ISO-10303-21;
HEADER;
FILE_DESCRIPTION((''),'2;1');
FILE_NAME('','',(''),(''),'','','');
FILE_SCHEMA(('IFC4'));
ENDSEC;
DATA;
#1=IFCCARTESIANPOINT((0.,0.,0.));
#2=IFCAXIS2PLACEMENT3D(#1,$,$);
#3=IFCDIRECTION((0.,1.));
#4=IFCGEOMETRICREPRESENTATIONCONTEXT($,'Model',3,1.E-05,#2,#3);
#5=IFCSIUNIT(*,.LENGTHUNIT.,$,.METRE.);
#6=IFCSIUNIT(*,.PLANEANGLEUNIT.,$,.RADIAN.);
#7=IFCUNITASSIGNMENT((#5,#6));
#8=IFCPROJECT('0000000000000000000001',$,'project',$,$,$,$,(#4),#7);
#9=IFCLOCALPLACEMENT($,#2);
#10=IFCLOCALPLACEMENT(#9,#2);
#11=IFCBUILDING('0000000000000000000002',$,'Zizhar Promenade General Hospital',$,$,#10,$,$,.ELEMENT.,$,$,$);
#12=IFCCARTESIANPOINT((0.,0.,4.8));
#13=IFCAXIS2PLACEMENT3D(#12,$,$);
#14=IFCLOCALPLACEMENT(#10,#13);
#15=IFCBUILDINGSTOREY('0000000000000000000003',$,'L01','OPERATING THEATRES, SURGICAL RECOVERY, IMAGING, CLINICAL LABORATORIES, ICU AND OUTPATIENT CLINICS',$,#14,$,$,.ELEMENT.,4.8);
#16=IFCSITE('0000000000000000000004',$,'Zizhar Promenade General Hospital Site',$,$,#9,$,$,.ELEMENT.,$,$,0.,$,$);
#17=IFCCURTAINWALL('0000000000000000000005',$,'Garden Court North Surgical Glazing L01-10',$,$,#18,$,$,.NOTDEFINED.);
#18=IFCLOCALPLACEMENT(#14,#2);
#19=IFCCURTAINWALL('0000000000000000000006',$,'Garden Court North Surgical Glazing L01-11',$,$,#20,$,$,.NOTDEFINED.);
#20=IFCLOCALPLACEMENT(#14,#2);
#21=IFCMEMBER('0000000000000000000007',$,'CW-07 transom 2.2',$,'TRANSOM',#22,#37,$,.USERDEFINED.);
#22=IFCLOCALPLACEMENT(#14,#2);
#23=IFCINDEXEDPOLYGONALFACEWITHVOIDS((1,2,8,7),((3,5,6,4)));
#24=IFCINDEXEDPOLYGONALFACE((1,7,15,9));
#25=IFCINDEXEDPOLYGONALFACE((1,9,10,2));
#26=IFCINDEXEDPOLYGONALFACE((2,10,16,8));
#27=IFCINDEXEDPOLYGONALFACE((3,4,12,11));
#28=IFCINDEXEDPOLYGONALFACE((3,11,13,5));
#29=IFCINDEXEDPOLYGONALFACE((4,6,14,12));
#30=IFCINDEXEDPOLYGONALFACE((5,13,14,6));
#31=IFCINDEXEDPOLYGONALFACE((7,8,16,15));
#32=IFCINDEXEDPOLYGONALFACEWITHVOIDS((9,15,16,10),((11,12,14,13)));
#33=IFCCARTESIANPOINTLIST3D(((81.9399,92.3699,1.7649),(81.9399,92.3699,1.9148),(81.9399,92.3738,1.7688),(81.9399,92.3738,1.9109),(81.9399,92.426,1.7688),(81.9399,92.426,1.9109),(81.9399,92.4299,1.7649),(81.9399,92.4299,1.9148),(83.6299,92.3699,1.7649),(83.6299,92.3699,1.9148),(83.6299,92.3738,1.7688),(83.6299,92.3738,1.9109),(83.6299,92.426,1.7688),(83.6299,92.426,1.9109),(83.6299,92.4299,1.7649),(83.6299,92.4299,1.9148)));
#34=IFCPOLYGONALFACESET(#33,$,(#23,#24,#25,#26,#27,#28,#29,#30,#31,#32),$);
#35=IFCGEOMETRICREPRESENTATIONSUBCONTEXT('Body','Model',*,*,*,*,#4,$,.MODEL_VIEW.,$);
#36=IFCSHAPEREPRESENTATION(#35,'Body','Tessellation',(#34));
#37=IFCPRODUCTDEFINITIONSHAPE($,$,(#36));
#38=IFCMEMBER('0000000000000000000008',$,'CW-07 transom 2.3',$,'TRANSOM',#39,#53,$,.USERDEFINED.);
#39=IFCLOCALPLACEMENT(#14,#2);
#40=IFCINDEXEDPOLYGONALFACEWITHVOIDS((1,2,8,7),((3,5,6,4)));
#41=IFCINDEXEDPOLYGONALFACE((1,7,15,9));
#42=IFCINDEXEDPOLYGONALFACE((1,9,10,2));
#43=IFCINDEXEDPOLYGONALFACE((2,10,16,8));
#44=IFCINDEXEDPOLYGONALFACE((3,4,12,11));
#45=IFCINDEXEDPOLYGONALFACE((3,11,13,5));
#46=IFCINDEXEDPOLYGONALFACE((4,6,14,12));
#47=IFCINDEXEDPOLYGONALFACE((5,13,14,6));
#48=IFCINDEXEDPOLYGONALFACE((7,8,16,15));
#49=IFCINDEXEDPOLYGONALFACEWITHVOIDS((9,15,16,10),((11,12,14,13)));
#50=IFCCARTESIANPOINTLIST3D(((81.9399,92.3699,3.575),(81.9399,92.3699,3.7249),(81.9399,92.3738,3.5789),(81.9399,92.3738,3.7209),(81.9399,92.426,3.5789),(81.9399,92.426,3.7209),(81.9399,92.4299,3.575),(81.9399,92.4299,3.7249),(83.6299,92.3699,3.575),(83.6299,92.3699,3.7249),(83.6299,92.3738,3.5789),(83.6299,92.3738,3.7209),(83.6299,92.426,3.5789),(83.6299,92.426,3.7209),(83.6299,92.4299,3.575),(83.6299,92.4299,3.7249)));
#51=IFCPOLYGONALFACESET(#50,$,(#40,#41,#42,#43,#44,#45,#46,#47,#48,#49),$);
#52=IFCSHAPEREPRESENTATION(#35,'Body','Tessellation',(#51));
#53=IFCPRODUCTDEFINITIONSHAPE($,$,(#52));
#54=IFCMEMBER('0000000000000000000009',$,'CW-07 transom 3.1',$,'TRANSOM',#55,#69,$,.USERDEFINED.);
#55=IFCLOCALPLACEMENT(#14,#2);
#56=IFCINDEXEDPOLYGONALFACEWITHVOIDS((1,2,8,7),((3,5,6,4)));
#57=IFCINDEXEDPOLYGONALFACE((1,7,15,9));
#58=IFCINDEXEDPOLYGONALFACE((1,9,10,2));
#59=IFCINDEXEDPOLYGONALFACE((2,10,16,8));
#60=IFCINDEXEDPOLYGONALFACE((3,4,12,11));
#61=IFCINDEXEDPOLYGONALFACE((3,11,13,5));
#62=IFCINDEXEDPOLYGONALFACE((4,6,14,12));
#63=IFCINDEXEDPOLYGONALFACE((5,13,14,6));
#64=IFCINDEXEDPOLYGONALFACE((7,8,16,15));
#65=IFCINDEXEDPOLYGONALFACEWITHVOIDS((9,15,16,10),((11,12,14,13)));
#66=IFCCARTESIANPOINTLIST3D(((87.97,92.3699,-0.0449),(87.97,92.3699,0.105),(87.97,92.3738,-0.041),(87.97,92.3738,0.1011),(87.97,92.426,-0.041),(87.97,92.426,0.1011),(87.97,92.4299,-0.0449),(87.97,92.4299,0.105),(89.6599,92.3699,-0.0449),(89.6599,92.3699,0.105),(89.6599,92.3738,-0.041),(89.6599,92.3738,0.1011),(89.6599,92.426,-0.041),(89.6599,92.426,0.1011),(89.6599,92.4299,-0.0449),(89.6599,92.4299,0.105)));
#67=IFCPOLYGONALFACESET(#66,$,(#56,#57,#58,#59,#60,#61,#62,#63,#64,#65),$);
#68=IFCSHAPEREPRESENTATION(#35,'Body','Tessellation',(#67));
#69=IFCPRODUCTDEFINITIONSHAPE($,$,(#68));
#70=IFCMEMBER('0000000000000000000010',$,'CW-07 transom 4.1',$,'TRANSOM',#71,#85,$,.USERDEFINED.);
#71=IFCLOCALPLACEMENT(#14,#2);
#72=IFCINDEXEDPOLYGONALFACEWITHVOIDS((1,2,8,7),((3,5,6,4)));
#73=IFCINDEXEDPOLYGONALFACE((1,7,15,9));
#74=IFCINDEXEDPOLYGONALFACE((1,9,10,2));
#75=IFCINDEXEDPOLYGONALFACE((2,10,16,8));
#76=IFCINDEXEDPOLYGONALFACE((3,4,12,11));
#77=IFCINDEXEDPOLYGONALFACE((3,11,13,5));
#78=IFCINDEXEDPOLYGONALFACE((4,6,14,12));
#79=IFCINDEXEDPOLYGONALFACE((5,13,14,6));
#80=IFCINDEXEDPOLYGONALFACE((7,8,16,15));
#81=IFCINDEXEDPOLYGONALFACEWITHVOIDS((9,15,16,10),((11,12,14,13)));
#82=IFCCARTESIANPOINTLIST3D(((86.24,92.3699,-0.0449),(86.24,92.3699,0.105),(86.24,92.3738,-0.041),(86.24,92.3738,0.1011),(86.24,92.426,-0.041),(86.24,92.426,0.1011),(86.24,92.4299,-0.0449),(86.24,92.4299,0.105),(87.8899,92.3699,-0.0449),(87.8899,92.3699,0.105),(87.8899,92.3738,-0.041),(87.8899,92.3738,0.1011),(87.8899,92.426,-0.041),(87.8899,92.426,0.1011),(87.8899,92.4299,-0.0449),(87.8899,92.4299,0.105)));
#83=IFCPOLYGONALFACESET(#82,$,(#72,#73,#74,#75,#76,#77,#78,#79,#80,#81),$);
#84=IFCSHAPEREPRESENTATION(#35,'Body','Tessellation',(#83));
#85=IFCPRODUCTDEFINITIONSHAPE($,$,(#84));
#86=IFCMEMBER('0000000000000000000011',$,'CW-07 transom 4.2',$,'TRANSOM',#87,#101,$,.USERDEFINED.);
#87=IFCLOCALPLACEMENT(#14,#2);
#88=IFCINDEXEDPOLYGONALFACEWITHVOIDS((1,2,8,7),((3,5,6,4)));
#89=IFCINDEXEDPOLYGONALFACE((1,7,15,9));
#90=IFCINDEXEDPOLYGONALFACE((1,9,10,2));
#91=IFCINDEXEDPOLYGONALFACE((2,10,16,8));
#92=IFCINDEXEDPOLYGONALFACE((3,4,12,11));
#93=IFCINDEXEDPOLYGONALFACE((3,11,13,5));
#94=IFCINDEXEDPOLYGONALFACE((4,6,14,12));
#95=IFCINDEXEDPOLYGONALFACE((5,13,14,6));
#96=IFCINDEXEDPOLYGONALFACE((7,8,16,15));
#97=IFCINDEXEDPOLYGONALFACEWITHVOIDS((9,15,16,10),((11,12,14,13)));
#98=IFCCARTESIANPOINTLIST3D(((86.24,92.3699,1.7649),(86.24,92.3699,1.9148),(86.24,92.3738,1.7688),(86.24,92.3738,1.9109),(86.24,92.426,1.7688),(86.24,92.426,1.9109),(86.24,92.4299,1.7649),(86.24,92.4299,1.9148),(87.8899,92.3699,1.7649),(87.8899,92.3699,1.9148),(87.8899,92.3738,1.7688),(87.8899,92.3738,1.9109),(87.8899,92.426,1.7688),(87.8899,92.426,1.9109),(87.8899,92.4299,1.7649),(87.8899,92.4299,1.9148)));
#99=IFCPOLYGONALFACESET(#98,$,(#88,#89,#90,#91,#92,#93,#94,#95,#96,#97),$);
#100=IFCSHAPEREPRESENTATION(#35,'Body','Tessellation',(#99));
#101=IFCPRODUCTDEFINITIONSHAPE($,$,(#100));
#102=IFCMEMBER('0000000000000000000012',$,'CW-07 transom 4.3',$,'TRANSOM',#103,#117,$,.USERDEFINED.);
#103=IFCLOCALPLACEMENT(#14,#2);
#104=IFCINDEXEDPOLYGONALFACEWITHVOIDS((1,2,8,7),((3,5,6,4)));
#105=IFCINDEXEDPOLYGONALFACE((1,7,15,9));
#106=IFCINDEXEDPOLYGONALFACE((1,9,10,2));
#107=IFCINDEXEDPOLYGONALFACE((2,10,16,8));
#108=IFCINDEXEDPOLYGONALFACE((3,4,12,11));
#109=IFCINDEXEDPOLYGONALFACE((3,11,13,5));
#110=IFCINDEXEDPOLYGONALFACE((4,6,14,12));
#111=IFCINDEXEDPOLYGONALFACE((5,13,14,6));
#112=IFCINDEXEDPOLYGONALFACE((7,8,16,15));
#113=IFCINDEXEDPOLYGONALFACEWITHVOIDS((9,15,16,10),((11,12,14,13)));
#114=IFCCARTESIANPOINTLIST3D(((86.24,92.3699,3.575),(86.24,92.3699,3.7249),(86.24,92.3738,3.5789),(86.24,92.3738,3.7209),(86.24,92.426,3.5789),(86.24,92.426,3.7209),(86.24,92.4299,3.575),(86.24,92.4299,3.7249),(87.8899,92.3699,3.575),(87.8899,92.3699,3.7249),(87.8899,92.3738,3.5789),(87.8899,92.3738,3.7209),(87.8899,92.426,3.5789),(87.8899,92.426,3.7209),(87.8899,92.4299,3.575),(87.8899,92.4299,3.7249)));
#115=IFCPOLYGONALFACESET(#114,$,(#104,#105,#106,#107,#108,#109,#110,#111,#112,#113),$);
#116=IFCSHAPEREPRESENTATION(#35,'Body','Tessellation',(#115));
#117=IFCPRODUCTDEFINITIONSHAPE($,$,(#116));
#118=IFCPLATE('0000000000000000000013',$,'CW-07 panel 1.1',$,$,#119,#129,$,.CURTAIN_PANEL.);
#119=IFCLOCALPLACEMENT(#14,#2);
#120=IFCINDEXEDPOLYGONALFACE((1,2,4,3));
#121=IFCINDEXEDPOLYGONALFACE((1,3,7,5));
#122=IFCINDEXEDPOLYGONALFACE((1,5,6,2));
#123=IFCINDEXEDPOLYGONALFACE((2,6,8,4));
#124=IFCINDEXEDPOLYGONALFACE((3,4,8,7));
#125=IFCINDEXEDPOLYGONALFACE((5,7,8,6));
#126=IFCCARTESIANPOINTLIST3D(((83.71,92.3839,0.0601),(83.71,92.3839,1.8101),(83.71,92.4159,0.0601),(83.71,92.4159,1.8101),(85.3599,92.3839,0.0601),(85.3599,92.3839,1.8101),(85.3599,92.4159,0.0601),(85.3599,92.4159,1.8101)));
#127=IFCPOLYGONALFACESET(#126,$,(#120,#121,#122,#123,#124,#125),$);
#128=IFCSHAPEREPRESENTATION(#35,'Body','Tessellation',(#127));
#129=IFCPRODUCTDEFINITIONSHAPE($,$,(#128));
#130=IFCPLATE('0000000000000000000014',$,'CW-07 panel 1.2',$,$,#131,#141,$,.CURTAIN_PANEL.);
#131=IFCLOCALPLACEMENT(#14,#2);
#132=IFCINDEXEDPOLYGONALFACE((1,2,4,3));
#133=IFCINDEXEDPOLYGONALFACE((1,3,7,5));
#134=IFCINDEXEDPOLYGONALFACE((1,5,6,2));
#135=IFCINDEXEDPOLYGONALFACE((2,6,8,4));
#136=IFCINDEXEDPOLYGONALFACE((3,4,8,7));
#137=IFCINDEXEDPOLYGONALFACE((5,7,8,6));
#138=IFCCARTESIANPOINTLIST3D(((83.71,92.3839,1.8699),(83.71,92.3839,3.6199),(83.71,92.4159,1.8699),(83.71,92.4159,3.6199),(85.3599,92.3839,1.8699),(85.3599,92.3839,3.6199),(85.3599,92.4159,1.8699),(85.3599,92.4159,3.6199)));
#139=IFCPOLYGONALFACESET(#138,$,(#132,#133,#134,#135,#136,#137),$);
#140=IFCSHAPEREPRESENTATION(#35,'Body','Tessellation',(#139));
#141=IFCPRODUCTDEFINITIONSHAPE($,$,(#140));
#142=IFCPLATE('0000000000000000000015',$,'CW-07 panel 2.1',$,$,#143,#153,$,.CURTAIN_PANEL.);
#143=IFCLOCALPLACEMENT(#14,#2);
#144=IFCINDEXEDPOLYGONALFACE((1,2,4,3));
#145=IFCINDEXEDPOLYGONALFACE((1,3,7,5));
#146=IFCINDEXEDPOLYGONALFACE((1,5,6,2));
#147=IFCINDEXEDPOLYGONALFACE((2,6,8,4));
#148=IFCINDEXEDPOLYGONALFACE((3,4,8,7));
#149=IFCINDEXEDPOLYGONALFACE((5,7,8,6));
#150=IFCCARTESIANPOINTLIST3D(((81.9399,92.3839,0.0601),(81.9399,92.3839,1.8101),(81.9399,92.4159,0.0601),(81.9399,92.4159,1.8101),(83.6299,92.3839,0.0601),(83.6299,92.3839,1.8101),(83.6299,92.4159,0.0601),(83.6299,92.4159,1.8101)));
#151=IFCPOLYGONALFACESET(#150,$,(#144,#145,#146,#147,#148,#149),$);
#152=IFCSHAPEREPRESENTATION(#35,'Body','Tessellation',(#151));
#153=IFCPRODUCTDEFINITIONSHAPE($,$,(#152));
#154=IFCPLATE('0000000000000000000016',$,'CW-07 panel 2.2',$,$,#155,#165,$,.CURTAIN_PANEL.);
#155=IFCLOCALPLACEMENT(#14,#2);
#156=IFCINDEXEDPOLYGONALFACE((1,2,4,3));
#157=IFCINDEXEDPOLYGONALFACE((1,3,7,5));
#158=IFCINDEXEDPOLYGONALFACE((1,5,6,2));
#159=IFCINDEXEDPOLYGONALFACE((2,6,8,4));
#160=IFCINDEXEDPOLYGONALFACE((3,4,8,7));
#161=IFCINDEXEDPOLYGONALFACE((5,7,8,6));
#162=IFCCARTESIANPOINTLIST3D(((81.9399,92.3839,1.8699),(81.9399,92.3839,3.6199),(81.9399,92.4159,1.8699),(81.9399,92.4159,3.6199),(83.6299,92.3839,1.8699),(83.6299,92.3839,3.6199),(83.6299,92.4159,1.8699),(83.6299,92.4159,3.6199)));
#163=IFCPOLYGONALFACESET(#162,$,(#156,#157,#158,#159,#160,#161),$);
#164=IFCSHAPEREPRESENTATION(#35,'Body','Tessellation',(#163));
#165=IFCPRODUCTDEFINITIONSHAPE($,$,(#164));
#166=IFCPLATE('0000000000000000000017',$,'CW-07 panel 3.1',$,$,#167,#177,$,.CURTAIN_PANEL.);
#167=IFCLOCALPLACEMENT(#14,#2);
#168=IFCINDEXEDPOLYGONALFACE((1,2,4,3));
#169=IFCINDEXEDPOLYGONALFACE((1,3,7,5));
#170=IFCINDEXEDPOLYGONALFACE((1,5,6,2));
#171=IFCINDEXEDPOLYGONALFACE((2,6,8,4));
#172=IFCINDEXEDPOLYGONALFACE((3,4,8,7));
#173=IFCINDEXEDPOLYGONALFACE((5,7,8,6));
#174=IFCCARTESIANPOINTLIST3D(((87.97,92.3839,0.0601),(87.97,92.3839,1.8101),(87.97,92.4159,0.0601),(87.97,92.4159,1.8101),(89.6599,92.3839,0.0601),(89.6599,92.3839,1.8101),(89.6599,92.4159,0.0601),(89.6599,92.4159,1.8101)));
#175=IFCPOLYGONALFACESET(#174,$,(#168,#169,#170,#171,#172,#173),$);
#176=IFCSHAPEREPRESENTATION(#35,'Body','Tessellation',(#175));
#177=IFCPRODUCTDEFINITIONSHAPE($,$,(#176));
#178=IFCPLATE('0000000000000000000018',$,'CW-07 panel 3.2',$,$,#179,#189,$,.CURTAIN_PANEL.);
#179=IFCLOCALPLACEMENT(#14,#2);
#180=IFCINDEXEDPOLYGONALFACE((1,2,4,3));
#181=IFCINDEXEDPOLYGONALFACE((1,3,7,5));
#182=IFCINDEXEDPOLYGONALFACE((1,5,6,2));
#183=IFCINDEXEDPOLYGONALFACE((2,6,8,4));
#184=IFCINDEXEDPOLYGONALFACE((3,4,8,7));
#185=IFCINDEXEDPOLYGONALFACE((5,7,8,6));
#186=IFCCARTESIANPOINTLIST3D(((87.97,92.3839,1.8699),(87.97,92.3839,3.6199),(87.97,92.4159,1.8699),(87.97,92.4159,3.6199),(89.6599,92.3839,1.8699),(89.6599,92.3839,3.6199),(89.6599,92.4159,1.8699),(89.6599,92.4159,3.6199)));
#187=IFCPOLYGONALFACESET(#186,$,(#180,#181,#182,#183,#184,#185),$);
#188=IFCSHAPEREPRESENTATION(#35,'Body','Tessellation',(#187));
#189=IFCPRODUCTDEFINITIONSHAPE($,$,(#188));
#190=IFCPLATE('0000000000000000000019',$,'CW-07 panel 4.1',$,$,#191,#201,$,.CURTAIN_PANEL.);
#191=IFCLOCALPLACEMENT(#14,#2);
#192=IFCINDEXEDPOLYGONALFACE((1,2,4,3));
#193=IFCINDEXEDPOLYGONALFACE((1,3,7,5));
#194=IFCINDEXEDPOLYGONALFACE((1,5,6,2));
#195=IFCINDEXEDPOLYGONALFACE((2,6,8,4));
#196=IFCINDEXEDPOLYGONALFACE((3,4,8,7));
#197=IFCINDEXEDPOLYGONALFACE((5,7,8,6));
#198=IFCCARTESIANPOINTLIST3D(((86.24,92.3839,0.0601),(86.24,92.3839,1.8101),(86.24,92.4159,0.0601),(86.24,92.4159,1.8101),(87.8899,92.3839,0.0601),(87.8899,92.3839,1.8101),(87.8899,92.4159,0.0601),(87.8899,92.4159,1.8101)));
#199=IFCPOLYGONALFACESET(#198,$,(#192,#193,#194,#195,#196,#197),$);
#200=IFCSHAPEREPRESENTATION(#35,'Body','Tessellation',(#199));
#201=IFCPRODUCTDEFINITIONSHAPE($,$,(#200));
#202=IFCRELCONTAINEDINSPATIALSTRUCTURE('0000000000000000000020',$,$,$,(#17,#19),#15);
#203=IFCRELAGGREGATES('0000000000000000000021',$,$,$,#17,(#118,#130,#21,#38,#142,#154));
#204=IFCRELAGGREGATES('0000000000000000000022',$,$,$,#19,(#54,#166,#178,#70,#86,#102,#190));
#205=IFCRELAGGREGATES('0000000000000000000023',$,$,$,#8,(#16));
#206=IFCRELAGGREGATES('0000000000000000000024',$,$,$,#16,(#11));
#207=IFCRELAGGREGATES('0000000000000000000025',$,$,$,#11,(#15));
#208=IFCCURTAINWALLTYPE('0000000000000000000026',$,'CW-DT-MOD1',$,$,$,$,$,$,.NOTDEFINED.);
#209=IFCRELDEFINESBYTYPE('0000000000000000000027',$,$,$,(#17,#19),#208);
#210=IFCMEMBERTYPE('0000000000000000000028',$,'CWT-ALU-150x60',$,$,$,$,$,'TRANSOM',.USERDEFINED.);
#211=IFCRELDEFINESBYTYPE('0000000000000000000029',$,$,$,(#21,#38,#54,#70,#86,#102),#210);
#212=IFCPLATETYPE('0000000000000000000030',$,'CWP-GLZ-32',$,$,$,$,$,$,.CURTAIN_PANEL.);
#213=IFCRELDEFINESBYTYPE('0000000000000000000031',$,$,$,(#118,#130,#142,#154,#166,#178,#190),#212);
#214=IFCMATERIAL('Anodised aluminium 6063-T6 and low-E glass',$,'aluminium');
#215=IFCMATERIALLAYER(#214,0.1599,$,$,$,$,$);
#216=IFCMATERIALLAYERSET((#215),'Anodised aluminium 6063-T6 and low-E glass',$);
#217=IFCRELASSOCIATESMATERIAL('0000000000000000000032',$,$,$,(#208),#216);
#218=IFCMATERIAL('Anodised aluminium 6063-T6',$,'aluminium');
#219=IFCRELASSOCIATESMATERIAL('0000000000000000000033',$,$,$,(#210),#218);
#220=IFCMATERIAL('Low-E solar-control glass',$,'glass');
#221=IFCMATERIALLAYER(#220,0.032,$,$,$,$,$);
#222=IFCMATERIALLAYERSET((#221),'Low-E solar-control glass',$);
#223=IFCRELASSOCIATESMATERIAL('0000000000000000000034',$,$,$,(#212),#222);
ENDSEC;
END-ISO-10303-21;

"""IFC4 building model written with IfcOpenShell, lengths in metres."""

from ifc_helpers import new_model, si_unit, direction, frame, origin, origin_2d, place, context, subcontext, project, spatial, rectangle, hollow_rectangle, extrude, material, layer, layer_set, material_profile, profile_set, type_object, element, aggregate, save


model = new_model("IFC4")

# Units and contexts
model_context = context("Model", 3, precision=1e-05, world=origin(), true_north=direction((0.0, 1.0)))
body_context = subcontext(model_context, "Body", "Model", "MODEL_VIEW")
ifc_project = project(units=[si_unit("LENGTHUNIT", "METRE"), si_unit("PLANEANGLEUNIT", "RADIAN")], contexts=[model_context])

# Site, building, storey
site_placement = place(None, origin())
site = spatial("IfcSite", under=ifc_project, at=site_placement, Name="Zizhar Promenade General Hospital Site", CompositionType="ELEMENT", RefElevation=0.0)
building_placement = place(site_placement, origin())
building = spatial("IfcBuilding", under=site, at=building_placement, Name="Zizhar Promenade General Hospital", CompositionType="ELEMENT")
storey_placement = place(building_placement, frame((0.0, 0.0, 4.8)))
storey = spatial("IfcBuildingStorey", under=building, at=storey_placement, Name="L01", Description="OPERATING THEATRES, SURGICAL RECOVERY, IMAGING, CLINICAL LABORATORIES, ICU AND OUTPATIENT CLINICS", CompositionType="ELEMENT", Elevation=4.8)

# Curtain walls
ifc_material_1 = material(Name="Anodised aluminium 6063-T6 and low-E glass", Category="aluminium")
ifc_layer_1 = layer(ifc_material_1, 0.1599)
ifc_layer_set_1 = layer_set([ifc_layer_1], Name="Anodised aluminium 6063-T6 and low-E glass")
curtain_wall_type = type_object("IfcCurtainWallType", Name="CW-DT-MOD1", PredefinedType="NOTDEFINED", material=ifc_layer_set_1)
curtain_wall_1_placement = place(storey_placement, origin())
curtain_wall_1 = element("IfcCurtainWall", 1, at=curtain_wall_1_placement, inside=storey, type_object=curtain_wall_type, Name="Garden Court North Surgical Glazing L01-10", PredefinedType="NOTDEFINED")
curtain_wall_2_placement = place(storey_placement, origin())
curtain_wall_2 = element("IfcCurtainWall", 2, at=curtain_wall_2_placement, inside=storey, type_object=curtain_wall_type, Name="Garden Court North Surgical Glazing L01-11", PredefinedType="NOTDEFINED")

# Members
ifc_material_2 = material(Name="Anodised aluminium 6063-T6", Category="aluminium")
ifc_material_profile_1 = material_profile(ifc_material_2, hollow_rectangle(XDim=0.0601, YDim=0.1499, WallThickness=0.0039, at=origin_2d()))
ifc_profile_set_1 = profile_set([ifc_material_profile_1], Name="Anodised aluminium 6063-T6")
member_type_1 = type_object("IfcMemberType", Name="CWT-ALU-150x60", ElementType="TRANSOM", PredefinedType="USERDEFINED", material=ifc_profile_set_1)
member_1_placement = place(storey_placement, frame((83.6299, 92.3999, 1.8398), z_axis=(-1.0, 0.0, 0.0), x_axis=(0.0, -1.0, 0.0)))
member_1 = element("IfcMember", 3, at=member_1_placement, type_object=member_type_1, Name="CW-07 transom 2.2", ObjectType="TRANSOM", PredefinedType="USERDEFINED", context=body_context, shape_type="SweptSolid", body=[
    extrude(hollow_rectangle(XDim=0.0601, YDim=0.1499, WallThickness=0.0039, at=origin_2d()), origin(), (0.0, 0.0, 1.0), 1.6899),
])
member_2_placement = place(storey_placement, frame((83.6299, 92.3999, 3.6499), z_axis=(-1.0, 0.0, 0.0), x_axis=(0.0, -1.0, 0.0)))
member_2 = element("IfcMember", 4, at=member_2_placement, type_object=member_type_1, Name="CW-07 transom 2.3", ObjectType="TRANSOM", PredefinedType="USERDEFINED", context=body_context, shape_type="SweptSolid", body=[
    extrude(hollow_rectangle(XDim=0.0601, YDim=0.1499, WallThickness=0.0039, at=origin_2d()), origin(), (0.0, 0.0, 1.0), 1.6899),
])
member_3_placement = place(storey_placement, frame((89.6599, 92.3999, 0.03), z_axis=(-1.0, 0.0, 0.0), x_axis=(0.0, -1.0, 0.0)))
member_3 = element("IfcMember", 5, at=member_3_placement, type_object=member_type_1, Name="CW-07 transom 3.1", ObjectType="TRANSOM", PredefinedType="USERDEFINED", context=body_context, shape_type="SweptSolid", body=[
    extrude(hollow_rectangle(XDim=0.0601, YDim=0.1499, WallThickness=0.0039, at=origin_2d()), origin(), (0.0, 0.0, 1.0), 1.6899),
])
member_4_placement = place(storey_placement, frame((87.8899, 92.3999, 0.03), z_axis=(-1.0, 0.0, 0.0), x_axis=(0.0, -1.0, 0.0)))
member_4 = element("IfcMember", 6, at=member_4_placement, type_object=member_type_1, Name="CW-07 transom 4.1", ObjectType="TRANSOM", PredefinedType="USERDEFINED", context=body_context, shape_type="SweptSolid", body=[
    extrude(hollow_rectangle(XDim=0.0601, YDim=0.1499, WallThickness=0.0039, at=origin_2d()), origin(), (0.0, 0.0, 1.0), 1.6499),
])
member_5_placement = place(storey_placement, frame((87.8899, 92.3999, 1.8398), z_axis=(-1.0, 0.0, 0.0), x_axis=(0.0, -1.0, 0.0)))
member_5 = element("IfcMember", 7, at=member_5_placement, type_object=member_type_1, Name="CW-07 transom 4.2", ObjectType="TRANSOM", PredefinedType="USERDEFINED", context=body_context, shape_type="SweptSolid", body=[
    extrude(hollow_rectangle(XDim=0.0601, YDim=0.1499, WallThickness=0.0039, at=origin_2d()), origin(), (0.0, 0.0, 1.0), 1.6499),
])
member_6_placement = place(storey_placement, frame((87.8899, 92.3999, 3.6499), z_axis=(-1.0, 0.0, 0.0), x_axis=(0.0, -1.0, 0.0)))
member_6 = element("IfcMember", 8, at=member_6_placement, type_object=member_type_1, Name="CW-07 transom 4.3", ObjectType="TRANSOM", PredefinedType="USERDEFINED", context=body_context, shape_type="SweptSolid", body=[
    extrude(hollow_rectangle(XDim=0.0601, YDim=0.1499, WallThickness=0.0039, at=origin_2d()), origin(), (0.0, 0.0, 1.0), 1.6499),
])

# Plates
ifc_material_3 = material(Name="Low-E solar-control glass", Category="glass")
ifc_layer_2 = layer(ifc_material_3, 0.032)
ifc_layer_set_2 = layer_set([ifc_layer_2], Name="Low-E solar-control glass")
plate_type = type_object("IfcPlateType", Name="CWP-GLZ-32", PredefinedType="CURTAIN_PANEL", material=ifc_layer_set_2)
plate_1_placement = place(storey_placement, frame((84.5349, 92.3999, 0.0601), z_axis=(0.0, 0.0, 1.0), x_axis=(-1.0, 0.0, 0.0)))
plate_1 = element("IfcPlate", 9, at=plate_1_placement, type_object=plate_type, Name="CW-07 panel 1.1", PredefinedType="CURTAIN_PANEL", context=body_context, shape_type="SweptSolid", body=[
    extrude(rectangle(XDim=1.6499, YDim=0.032, at=origin_2d()), origin(), (0.0, 0.0, 1.0), 1.75),
])
plate_2_placement = place(storey_placement, frame((84.5349, 92.3999, 1.8699), z_axis=(0.0, 0.0, 1.0), x_axis=(-1.0, 0.0, 0.0)))
plate_2 = element("IfcPlate", 10, at=plate_2_placement, type_object=plate_type, Name="CW-07 panel 1.2", PredefinedType="CURTAIN_PANEL", context=body_context, shape_type="SweptSolid", body=[
    extrude(rectangle(XDim=1.6499, YDim=0.032, at=origin_2d()), origin(), (0.0, 0.0, 1.0), 1.75),
])
plate_3_placement = place(storey_placement, frame((82.7849, 92.3999, 0.0601), z_axis=(0.0, 0.0, 1.0), x_axis=(-1.0, 0.0, 0.0)))
plate_3 = element("IfcPlate", 11, at=plate_3_placement, type_object=plate_type, Name="CW-07 panel 2.1", PredefinedType="CURTAIN_PANEL", context=body_context, shape_type="SweptSolid", body=[
    extrude(rectangle(XDim=1.6899, YDim=0.032, at=origin_2d()), origin(), (0.0, 0.0, 1.0), 1.75),
])
plate_4_placement = place(storey_placement, frame((82.7849, 92.3999, 1.8699), z_axis=(0.0, 0.0, 1.0), x_axis=(-1.0, 0.0, 0.0)))
plate_4 = element("IfcPlate", 12, at=plate_4_placement, type_object=plate_type, Name="CW-07 panel 2.2", PredefinedType="CURTAIN_PANEL", context=body_context, shape_type="SweptSolid", body=[
    extrude(rectangle(XDim=1.6899, YDim=0.032, at=origin_2d()), origin(), (0.0, 0.0, 1.0), 1.75),
])
aggregate(curtain_wall_1, [plate_1, plate_2, member_1, member_2, plate_3, plate_4])
plate_5_placement = place(storey_placement, frame((88.8149, 92.3999, 0.0601), z_axis=(0.0, 0.0, 1.0), x_axis=(-1.0, 0.0, 0.0)))
plate_5 = element("IfcPlate", 13, at=plate_5_placement, type_object=plate_type, Name="CW-07 panel 3.1", PredefinedType="CURTAIN_PANEL", context=body_context, shape_type="SweptSolid", body=[
    extrude(rectangle(XDim=1.6899, YDim=0.032, at=origin_2d()), origin(), (0.0, 0.0, 1.0), 1.75),
])
plate_6_placement = place(storey_placement, frame((88.8149, 92.3999, 1.8699), z_axis=(0.0, 0.0, 1.0), x_axis=(-1.0, 0.0, 0.0)))
plate_6 = element("IfcPlate", 14, at=plate_6_placement, type_object=plate_type, Name="CW-07 panel 3.2", PredefinedType="CURTAIN_PANEL", context=body_context, shape_type="SweptSolid", body=[
    extrude(rectangle(XDim=1.6899, YDim=0.032, at=origin_2d()), origin(), (0.0, 0.0, 1.0), 1.75),
])
plate_7_placement = place(storey_placement, frame((87.0649, 92.3999, 0.0601), z_axis=(0.0, 0.0, 1.0), x_axis=(-1.0, 0.0, 0.0)))
plate_7 = element("IfcPlate", 15, at=plate_7_placement, type_object=plate_type, Name="CW-07 panel 4.1", PredefinedType="CURTAIN_PANEL", context=body_context, shape_type="SweptSolid", body=[
    extrude(rectangle(XDim=1.6499, YDim=0.032, at=origin_2d()), origin(), (0.0, 0.0, 1.0), 1.75),
])
aggregate(curtain_wall_2, [member_3, plate_5, plate_6, member_4, member_5, member_6, plate_7])

save(model, "model.ifc")
